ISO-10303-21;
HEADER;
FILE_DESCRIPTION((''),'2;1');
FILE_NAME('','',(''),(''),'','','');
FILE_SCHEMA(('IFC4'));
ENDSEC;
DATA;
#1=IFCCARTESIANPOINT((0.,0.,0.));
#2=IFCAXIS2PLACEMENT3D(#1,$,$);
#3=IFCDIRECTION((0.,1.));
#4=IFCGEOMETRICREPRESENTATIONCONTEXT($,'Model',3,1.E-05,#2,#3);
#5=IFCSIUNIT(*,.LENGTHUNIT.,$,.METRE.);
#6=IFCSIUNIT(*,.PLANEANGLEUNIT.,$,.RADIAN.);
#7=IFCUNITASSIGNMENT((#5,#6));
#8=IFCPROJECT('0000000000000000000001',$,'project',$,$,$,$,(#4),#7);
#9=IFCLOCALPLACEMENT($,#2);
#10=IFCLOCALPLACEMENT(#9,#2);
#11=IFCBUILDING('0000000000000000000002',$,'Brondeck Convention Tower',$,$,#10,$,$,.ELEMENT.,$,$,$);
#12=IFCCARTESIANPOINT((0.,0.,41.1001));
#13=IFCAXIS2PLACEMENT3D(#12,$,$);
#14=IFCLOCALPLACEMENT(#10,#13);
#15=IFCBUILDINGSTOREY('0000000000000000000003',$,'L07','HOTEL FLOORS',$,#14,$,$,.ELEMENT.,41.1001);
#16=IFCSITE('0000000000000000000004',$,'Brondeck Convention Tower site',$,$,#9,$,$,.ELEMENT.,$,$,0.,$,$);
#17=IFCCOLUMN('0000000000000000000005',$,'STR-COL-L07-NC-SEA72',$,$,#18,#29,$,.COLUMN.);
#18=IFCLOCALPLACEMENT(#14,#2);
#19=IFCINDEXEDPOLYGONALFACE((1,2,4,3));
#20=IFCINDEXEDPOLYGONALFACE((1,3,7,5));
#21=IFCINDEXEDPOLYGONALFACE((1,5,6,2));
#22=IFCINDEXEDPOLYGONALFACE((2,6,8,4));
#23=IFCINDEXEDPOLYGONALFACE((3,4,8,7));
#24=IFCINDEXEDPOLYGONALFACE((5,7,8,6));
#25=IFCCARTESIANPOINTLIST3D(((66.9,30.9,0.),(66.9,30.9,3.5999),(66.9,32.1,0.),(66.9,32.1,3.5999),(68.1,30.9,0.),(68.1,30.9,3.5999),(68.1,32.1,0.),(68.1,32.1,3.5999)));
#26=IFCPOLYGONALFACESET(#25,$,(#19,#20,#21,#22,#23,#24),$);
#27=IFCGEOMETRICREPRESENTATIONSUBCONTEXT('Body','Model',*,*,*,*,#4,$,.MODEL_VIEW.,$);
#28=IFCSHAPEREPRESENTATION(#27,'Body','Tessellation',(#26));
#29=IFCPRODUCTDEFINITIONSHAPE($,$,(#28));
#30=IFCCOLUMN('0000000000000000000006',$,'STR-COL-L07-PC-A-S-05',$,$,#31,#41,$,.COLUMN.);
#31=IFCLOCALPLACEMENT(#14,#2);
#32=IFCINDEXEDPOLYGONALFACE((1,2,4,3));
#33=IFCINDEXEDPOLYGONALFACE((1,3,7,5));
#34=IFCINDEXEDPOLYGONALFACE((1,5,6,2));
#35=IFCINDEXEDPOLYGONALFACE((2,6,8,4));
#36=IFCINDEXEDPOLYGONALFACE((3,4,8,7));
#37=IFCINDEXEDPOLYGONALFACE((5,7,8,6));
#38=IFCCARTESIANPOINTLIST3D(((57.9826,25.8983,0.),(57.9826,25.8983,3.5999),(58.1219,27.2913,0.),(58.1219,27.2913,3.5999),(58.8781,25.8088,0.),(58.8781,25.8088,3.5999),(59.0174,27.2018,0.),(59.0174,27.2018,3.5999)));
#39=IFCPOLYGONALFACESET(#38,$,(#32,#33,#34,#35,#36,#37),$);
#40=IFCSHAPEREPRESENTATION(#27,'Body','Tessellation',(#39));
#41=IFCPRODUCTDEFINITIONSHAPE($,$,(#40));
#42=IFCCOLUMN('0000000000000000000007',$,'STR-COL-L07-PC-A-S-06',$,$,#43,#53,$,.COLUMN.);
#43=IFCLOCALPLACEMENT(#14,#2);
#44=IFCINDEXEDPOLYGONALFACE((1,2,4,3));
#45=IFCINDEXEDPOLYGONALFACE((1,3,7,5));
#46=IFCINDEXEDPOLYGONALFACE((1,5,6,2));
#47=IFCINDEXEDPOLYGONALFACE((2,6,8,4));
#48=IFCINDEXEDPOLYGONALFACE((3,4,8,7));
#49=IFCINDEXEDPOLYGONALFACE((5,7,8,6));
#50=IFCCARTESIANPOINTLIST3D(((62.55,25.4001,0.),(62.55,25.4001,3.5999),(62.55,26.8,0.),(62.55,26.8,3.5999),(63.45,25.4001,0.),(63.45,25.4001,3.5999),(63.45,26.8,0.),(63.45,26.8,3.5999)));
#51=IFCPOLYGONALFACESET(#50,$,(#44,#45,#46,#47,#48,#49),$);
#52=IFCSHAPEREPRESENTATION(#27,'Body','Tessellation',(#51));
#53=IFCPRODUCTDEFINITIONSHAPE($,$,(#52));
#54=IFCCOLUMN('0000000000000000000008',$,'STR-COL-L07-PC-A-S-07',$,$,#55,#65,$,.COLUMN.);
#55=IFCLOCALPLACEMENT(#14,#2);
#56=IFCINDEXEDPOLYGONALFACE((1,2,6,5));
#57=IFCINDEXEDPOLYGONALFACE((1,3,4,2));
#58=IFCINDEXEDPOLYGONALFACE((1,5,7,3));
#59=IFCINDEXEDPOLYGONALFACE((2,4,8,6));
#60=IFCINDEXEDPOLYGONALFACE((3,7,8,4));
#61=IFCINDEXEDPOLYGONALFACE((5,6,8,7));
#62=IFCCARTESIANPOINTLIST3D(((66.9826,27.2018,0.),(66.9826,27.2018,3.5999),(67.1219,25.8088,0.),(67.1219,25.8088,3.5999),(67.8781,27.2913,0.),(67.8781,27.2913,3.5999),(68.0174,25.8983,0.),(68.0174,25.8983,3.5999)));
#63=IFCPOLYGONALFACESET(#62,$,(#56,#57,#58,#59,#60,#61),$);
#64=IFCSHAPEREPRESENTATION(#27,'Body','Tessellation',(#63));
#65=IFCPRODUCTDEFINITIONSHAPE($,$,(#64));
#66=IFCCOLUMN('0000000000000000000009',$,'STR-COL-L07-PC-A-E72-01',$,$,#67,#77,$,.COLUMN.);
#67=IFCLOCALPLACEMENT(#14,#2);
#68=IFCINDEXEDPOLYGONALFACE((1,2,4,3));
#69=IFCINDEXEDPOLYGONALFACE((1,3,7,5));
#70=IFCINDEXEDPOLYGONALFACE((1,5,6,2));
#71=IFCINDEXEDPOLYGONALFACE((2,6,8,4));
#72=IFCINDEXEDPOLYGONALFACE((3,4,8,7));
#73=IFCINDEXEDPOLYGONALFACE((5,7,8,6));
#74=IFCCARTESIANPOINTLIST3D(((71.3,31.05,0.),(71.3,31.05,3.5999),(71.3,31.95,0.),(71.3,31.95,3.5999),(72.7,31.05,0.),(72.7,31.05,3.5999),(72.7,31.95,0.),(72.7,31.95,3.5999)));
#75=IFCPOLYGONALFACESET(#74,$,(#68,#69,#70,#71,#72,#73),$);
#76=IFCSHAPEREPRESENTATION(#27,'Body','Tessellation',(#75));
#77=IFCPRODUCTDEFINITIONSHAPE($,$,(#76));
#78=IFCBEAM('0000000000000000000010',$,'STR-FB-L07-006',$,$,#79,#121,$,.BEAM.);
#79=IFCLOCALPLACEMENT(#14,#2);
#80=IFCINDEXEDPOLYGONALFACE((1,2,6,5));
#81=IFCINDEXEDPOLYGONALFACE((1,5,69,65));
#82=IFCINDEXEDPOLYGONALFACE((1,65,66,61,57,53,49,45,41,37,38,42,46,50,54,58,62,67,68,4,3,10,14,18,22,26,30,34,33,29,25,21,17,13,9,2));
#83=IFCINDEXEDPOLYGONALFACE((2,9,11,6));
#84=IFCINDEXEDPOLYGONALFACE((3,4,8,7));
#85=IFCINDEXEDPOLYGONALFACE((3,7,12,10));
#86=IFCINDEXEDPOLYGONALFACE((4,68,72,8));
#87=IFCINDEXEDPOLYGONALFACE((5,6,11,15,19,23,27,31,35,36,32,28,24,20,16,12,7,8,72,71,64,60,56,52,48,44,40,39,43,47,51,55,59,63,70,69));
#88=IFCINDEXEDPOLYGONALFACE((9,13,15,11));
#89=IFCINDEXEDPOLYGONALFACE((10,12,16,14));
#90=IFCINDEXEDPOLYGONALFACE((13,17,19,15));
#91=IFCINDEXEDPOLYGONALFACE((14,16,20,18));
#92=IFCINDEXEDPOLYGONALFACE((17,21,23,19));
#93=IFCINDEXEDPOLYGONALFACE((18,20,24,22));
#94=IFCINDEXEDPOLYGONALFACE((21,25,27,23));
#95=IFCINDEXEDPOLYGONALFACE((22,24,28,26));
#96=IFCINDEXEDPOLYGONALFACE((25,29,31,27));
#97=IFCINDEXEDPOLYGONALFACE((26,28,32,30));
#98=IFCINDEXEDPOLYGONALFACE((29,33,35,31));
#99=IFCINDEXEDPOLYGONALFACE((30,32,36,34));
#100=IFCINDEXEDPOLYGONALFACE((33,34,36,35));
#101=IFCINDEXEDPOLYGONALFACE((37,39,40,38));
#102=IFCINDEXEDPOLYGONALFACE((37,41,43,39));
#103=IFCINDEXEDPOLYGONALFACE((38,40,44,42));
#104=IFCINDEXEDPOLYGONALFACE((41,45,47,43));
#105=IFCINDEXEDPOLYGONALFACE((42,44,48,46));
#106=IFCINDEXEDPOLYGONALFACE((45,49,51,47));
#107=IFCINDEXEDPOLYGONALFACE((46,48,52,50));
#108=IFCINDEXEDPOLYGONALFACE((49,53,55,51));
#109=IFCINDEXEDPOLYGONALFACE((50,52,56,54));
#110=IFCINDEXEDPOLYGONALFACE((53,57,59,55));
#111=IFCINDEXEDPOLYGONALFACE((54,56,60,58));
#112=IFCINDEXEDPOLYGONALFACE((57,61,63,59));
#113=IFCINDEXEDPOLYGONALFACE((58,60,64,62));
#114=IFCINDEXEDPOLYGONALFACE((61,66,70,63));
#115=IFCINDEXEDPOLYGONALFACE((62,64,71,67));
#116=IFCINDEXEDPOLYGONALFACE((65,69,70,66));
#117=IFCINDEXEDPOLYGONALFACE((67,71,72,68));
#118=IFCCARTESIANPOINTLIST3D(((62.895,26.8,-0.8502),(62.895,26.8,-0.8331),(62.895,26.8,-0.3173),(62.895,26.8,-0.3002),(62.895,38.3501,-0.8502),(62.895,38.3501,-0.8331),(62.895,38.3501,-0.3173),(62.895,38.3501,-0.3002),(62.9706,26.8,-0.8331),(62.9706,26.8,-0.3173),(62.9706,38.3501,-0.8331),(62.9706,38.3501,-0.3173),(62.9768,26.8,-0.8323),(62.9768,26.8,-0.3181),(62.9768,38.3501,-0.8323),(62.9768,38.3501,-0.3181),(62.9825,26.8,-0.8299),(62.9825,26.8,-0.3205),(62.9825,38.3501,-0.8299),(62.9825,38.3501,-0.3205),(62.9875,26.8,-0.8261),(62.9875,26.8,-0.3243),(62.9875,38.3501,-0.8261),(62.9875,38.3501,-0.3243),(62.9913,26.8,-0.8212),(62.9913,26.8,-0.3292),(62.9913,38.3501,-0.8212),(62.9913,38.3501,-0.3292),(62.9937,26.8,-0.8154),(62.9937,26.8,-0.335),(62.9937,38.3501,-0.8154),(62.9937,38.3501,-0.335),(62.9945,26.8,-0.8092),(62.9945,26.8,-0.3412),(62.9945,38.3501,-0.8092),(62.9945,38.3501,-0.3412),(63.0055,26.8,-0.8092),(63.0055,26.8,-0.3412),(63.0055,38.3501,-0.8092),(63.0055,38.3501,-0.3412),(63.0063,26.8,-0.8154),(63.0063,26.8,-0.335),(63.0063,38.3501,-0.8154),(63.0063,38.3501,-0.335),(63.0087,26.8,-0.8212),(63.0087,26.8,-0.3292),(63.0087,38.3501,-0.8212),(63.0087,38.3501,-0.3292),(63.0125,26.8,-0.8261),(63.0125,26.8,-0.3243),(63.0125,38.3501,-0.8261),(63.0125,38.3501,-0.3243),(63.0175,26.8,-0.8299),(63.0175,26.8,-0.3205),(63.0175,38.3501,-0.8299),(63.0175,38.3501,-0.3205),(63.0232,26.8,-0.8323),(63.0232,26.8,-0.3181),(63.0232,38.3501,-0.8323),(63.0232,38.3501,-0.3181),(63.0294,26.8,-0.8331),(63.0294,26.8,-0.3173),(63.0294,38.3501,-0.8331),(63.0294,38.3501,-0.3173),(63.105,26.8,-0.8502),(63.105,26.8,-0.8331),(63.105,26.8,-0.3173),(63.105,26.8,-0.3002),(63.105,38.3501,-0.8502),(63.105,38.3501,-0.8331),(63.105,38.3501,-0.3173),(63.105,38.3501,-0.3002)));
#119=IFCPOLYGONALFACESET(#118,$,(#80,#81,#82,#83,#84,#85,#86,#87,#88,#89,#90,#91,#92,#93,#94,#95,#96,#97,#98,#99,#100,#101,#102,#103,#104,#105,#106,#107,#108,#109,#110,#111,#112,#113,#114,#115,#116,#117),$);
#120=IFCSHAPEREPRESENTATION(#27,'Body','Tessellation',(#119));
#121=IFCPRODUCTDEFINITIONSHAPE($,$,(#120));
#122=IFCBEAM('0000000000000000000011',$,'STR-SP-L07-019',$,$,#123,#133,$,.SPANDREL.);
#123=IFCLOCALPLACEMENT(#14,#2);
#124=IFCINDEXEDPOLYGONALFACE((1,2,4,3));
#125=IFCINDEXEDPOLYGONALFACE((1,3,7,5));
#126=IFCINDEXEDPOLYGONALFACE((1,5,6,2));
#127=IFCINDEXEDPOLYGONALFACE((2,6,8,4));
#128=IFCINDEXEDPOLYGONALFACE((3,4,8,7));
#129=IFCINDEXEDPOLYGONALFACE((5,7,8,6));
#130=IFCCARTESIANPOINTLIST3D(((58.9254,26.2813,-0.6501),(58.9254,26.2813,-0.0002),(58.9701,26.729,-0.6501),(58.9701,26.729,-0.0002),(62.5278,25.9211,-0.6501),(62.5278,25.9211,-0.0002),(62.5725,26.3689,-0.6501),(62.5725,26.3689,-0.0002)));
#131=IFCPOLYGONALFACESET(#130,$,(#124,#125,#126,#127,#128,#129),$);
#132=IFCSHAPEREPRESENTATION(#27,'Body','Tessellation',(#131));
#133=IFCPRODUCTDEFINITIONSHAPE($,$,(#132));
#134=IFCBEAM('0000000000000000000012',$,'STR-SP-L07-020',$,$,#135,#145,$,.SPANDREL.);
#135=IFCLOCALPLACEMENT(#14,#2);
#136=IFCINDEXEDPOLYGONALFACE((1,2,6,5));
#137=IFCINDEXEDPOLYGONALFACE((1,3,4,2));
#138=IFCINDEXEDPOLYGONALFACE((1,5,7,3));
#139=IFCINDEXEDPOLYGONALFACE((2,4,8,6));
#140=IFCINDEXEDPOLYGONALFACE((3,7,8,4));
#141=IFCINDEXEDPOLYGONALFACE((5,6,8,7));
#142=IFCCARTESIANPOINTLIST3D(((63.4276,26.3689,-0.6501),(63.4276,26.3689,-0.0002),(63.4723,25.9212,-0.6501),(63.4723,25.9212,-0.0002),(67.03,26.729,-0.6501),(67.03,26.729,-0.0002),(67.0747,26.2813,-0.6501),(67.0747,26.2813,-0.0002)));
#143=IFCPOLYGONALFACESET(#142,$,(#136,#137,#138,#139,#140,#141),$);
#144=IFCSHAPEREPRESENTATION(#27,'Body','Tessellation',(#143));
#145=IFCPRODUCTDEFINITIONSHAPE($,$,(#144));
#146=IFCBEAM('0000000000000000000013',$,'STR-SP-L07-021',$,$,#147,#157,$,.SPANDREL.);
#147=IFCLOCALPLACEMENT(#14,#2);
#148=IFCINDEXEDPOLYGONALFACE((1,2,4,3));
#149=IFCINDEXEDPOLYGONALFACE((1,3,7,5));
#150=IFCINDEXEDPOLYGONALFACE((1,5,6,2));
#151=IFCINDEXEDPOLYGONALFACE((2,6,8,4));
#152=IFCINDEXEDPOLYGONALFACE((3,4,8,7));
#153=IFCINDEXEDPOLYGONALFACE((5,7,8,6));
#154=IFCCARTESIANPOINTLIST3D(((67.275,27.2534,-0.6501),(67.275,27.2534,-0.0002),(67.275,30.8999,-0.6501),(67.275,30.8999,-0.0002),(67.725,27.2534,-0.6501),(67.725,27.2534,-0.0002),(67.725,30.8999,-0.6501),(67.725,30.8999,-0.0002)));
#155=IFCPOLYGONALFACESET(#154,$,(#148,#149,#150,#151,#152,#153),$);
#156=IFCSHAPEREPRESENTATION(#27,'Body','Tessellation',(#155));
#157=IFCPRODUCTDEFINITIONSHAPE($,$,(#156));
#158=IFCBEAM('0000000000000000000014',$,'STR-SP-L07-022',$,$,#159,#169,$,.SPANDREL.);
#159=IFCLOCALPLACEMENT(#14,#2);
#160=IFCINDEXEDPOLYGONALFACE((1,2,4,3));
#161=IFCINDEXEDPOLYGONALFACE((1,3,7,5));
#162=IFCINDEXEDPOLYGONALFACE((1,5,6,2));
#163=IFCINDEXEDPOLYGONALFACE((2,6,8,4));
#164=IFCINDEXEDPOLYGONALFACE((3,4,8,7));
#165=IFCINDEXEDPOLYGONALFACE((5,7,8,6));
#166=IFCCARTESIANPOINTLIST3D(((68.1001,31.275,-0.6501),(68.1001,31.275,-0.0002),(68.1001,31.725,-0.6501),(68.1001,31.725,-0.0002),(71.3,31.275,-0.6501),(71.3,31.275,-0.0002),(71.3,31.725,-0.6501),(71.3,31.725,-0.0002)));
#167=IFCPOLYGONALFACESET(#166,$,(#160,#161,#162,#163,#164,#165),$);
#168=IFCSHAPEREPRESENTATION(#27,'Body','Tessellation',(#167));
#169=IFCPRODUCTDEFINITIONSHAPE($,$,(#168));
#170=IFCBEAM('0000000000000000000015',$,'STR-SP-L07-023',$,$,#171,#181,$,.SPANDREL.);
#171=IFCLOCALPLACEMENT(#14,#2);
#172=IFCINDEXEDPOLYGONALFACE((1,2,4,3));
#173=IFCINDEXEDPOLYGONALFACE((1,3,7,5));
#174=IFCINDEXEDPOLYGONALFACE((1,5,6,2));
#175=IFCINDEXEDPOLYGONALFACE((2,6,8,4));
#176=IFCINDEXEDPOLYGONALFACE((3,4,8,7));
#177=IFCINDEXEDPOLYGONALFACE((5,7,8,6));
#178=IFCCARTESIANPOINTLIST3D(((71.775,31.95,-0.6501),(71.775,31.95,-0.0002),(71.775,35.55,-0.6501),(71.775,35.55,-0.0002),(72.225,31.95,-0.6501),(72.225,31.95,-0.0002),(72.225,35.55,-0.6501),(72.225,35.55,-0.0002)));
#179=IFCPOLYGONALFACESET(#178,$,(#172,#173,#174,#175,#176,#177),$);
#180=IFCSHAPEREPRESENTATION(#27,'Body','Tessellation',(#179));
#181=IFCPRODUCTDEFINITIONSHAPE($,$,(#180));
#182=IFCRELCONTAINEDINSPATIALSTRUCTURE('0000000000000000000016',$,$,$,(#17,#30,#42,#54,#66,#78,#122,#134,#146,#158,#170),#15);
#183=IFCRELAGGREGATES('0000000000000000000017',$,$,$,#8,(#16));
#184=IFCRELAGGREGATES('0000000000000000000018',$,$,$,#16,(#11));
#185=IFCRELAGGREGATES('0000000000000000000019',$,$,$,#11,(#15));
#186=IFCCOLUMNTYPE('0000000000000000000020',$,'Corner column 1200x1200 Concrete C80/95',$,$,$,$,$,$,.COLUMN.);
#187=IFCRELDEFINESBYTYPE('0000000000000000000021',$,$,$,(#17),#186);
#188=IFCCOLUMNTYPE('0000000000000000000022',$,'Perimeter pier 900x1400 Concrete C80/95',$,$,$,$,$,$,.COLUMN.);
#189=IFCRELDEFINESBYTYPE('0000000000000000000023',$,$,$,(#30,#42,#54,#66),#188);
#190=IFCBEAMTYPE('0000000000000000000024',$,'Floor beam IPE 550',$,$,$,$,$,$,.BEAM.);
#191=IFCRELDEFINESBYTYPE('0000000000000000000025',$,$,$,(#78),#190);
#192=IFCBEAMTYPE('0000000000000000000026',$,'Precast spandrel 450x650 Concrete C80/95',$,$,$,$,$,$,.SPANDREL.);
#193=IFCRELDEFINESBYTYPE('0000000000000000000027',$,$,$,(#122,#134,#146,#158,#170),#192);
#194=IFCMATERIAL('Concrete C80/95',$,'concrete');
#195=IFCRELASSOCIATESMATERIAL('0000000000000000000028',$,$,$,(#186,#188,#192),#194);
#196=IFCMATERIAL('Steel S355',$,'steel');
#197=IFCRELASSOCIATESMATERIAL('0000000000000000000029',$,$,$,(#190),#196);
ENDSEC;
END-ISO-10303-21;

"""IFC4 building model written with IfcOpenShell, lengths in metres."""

from ifc_helpers import new_model, si_unit, direction, frame, origin, origin_2d, place, context, subcontext, project, spatial, rectangle, i_section, extrude, material, material_profile, profile_set, type_object, element, save


model = new_model("IFC4")

# Units and contexts
model_context = context("Model", 3, precision=1e-05, world=origin(), true_north=direction((0.0, 1.0)))
body_context = subcontext(model_context, "Body", "Model", "MODEL_VIEW")
ifc_project = project(units=[si_unit("LENGTHUNIT", "METRE"), si_unit("PLANEANGLEUNIT", "RADIAN")], contexts=[model_context])

# Site, building, storey
site_placement = place(None, origin())
site = spatial("IfcSite", under=ifc_project, at=site_placement, Name="Brondeck Convention Tower site", CompositionType="ELEMENT", RefElevation=0.0)
building_placement = place(site_placement, origin())
building = spatial("IfcBuilding", under=site, at=building_placement, Name="Brondeck Convention Tower", CompositionType="ELEMENT")
storey_placement = place(building_placement, frame((0.0, 0.0, 41.1001)))
storey = spatial("IfcBuildingStorey", under=building, at=storey_placement, Name="L07", Description="HOTEL FLOORS", CompositionType="ELEMENT", Elevation=41.1001)

# Columns
ifc_material_1 = material(Name="Concrete C80/95", Category="concrete")
ifc_material_profile_1 = material_profile(ifc_material_1, rectangle(XDim=1.2, YDim=1.2, at=origin_2d()), Name="Corner column 1200x1200 Concrete C80/95")
ifc_profile_set_1 = profile_set([ifc_material_profile_1], Name="Concrete C80/95")
column_type_1 = type_object("IfcColumnType", Name="Corner column 1200x1200 Concrete C80/95", PredefinedType="COLUMN", material=ifc_profile_set_1)
column_placement = place(storey_placement, frame((67.5, 31.5, 0.0), z_axis=(0.0, 0.0, 1.0), x_axis=(1.0, 0.0, 0.0)))
element("IfcColumn", 1, at=column_placement, inside=storey, type_object=column_type_1, Name="STR-COL-L07-NC-SEA72", PredefinedType="COLUMN", context=body_context, shape_type="SweptSolid", body=[
    extrude(rectangle(XDim=1.2, YDim=1.2, at=origin_2d()), origin(), (0.0, 0.0, 1.0), 3.5999),
])
ifc_material_profile_2 = material_profile(ifc_material_1, rectangle(XDim=0.8999, YDim=1.3999, at=origin_2d()), Name="Perimeter pier 900x1400 Concrete C80/95")
ifc_profile_set_2 = profile_set([ifc_material_profile_2], Name="Concrete C80/95")
column_type_2 = type_object("IfcColumnType", Name="Perimeter pier 900x1400 Concrete C80/95", PredefinedType="COLUMN", material=ifc_profile_set_2)
for number, where, z_axis, x_axis, name in (
    (2, (58.5, 26.55, 0.0), (0.0, 0.0, 1.0), (0.995037, -0.099504, 0.0), "STR-COL-L07-PC-A-S-05"),
    (3, (63.0, 26.1001, 0.0), (0.0, 0.0, 1.0), (1.0, 0.0, 0.0), "STR-COL-L07-PC-A-S-06"),
    (4, (67.5, 26.55, 0.0), (0.0, 0.0, 1.0), (0.995037, 0.099504, 0.0), "STR-COL-L07-PC-A-S-07"),
    (5, (72.0, 31.5, 0.0), (0.0, 0.0, 1.0), (0.0, 1.0, 0.0), "STR-COL-L07-PC-A-E72-01"),
):
    element("IfcColumn", number, at=place(storey_placement, frame(where, z_axis=z_axis, x_axis=x_axis)), inside=storey, type_object=column_type_2, Name=name, PredefinedType="COLUMN", context=body_context, shape_type="SweptSolid", body=[
        extrude(rectangle(XDim=0.8999, YDim=1.3999, at=origin_2d()), origin(), (0.0, 0.0, 1.0), 3.5999),
    ])

# Beams
ifc_material_2 = material(Name="Steel S355", Category="steel")
ifc_material_profile_3 = material_profile(ifc_material_2, i_section(OverallWidth=0.21, OverallDepth=0.55, WebThickness=0.011, FlangeThickness=0.0171, FilletRadius=0.0239, at=origin_2d()), Name="IPE 550")
ifc_profile_set_3 = profile_set([ifc_material_profile_3], Name="Steel S355")
beam_type_1 = type_object("IfcBeamType", Name="Floor beam IPE 550", PredefinedType="BEAM", material=ifc_profile_set_3)
beam_1_placement = place(storey_placement, frame((63.0, 26.8, -0.5752), z_axis=(0.0, 1.0, 0.0), x_axis=(-1.0, 0.0, 0.0)))
element("IfcBeam", 6, at=beam_1_placement, inside=storey, type_object=beam_type_1, Name="STR-FB-L07-006", PredefinedType="BEAM", context=body_context, shape_type="SweptSolid", body=[
    extrude(i_section(OverallWidth=0.21, OverallDepth=0.55, WebThickness=0.011, FlangeThickness=0.0171, FilletRadius=0.0239, at=origin_2d()), origin(), (0.0, 0.0, 1.0), 11.55),
])
ifc_material_profile_4 = material_profile(ifc_material_1, rectangle(XDim=0.45, YDim=0.6499, at=origin_2d()), Name="Precast spandrel 450x650 Concrete C80/95")
ifc_profile_set_4 = profile_set([ifc_material_profile_4], Name="Concrete C80/95")
beam_type_2 = type_object("IfcBeamType", Name="Precast spandrel 450x650 Concrete C80/95", PredefinedType="SPANDREL", material=ifc_profile_set_4)
for number, where, z_axis, x_axis, name in (
    (7, (58.9478, 26.5051, -0.3252), (0.995041, -0.09947, 0.0), (0.09947, 0.995041, 0.0), "STR-SP-L07-019"),
    (8, (63.45, 26.145, -0.3252), (0.995041, 0.09947, 0.0), (-0.09947, 0.995041, 0.0), "STR-SP-L07-020"),
):
    element("IfcBeam", number, at=place(storey_placement, frame(where, z_axis=z_axis, x_axis=x_axis)), inside=storey, type_object=beam_type_2, Name=name, PredefinedType="SPANDREL", context=body_context, shape_type="SweptSolid", body=[
        extrude(rectangle(XDim=0.45, YDim=0.6499, at=origin_2d()), origin(), (0.0, 0.0, 1.0), 3.6204),
    ])
beam_2_placement = place(storey_placement, frame((67.5, 27.2534, -0.3252), z_axis=(0.0, 1.0, 0.0), x_axis=(-1.0, 0.0, 0.0)))
element("IfcBeam", 9, at=beam_2_placement, inside=storey, type_object=beam_type_2, Name="STR-SP-L07-021", PredefinedType="SPANDREL", context=body_context, shape_type="SweptSolid", body=[
    extrude(rectangle(XDim=0.45, YDim=0.6499, at=origin_2d()), origin(), (0.0, 0.0, 1.0), 3.6465),
])
beam_3_placement = place(storey_placement, frame((68.1001, 31.5, -0.3252), z_axis=(1.0, 0.0, 0.0), x_axis=(0.0, 1.0, 0.0)))
element("IfcBeam", 10, at=beam_3_placement, inside=storey, type_object=beam_type_2, Name="STR-SP-L07-022", PredefinedType="SPANDREL", context=body_context, shape_type="SweptSolid", body=[
    extrude(rectangle(XDim=0.45, YDim=0.6499, at=origin_2d()), origin(), (0.0, 0.0, 1.0), 3.2),
])
beam_4_placement = place(storey_placement, frame((72.0, 31.95, -0.3252), z_axis=(0.0, 1.0, 0.0), x_axis=(-1.0, 0.0, 0.0)))
element("IfcBeam", 11, at=beam_4_placement, inside=storey, type_object=beam_type_2, Name="STR-SP-L07-023", PredefinedType="SPANDREL", context=body_context, shape_type="SweptSolid", body=[
    extrude(rectangle(XDim=0.45, YDim=0.6499, at=origin_2d()), origin(), (0.0, 0.0, 1.0), 3.6001),
])

save(model, "model.ifc")
